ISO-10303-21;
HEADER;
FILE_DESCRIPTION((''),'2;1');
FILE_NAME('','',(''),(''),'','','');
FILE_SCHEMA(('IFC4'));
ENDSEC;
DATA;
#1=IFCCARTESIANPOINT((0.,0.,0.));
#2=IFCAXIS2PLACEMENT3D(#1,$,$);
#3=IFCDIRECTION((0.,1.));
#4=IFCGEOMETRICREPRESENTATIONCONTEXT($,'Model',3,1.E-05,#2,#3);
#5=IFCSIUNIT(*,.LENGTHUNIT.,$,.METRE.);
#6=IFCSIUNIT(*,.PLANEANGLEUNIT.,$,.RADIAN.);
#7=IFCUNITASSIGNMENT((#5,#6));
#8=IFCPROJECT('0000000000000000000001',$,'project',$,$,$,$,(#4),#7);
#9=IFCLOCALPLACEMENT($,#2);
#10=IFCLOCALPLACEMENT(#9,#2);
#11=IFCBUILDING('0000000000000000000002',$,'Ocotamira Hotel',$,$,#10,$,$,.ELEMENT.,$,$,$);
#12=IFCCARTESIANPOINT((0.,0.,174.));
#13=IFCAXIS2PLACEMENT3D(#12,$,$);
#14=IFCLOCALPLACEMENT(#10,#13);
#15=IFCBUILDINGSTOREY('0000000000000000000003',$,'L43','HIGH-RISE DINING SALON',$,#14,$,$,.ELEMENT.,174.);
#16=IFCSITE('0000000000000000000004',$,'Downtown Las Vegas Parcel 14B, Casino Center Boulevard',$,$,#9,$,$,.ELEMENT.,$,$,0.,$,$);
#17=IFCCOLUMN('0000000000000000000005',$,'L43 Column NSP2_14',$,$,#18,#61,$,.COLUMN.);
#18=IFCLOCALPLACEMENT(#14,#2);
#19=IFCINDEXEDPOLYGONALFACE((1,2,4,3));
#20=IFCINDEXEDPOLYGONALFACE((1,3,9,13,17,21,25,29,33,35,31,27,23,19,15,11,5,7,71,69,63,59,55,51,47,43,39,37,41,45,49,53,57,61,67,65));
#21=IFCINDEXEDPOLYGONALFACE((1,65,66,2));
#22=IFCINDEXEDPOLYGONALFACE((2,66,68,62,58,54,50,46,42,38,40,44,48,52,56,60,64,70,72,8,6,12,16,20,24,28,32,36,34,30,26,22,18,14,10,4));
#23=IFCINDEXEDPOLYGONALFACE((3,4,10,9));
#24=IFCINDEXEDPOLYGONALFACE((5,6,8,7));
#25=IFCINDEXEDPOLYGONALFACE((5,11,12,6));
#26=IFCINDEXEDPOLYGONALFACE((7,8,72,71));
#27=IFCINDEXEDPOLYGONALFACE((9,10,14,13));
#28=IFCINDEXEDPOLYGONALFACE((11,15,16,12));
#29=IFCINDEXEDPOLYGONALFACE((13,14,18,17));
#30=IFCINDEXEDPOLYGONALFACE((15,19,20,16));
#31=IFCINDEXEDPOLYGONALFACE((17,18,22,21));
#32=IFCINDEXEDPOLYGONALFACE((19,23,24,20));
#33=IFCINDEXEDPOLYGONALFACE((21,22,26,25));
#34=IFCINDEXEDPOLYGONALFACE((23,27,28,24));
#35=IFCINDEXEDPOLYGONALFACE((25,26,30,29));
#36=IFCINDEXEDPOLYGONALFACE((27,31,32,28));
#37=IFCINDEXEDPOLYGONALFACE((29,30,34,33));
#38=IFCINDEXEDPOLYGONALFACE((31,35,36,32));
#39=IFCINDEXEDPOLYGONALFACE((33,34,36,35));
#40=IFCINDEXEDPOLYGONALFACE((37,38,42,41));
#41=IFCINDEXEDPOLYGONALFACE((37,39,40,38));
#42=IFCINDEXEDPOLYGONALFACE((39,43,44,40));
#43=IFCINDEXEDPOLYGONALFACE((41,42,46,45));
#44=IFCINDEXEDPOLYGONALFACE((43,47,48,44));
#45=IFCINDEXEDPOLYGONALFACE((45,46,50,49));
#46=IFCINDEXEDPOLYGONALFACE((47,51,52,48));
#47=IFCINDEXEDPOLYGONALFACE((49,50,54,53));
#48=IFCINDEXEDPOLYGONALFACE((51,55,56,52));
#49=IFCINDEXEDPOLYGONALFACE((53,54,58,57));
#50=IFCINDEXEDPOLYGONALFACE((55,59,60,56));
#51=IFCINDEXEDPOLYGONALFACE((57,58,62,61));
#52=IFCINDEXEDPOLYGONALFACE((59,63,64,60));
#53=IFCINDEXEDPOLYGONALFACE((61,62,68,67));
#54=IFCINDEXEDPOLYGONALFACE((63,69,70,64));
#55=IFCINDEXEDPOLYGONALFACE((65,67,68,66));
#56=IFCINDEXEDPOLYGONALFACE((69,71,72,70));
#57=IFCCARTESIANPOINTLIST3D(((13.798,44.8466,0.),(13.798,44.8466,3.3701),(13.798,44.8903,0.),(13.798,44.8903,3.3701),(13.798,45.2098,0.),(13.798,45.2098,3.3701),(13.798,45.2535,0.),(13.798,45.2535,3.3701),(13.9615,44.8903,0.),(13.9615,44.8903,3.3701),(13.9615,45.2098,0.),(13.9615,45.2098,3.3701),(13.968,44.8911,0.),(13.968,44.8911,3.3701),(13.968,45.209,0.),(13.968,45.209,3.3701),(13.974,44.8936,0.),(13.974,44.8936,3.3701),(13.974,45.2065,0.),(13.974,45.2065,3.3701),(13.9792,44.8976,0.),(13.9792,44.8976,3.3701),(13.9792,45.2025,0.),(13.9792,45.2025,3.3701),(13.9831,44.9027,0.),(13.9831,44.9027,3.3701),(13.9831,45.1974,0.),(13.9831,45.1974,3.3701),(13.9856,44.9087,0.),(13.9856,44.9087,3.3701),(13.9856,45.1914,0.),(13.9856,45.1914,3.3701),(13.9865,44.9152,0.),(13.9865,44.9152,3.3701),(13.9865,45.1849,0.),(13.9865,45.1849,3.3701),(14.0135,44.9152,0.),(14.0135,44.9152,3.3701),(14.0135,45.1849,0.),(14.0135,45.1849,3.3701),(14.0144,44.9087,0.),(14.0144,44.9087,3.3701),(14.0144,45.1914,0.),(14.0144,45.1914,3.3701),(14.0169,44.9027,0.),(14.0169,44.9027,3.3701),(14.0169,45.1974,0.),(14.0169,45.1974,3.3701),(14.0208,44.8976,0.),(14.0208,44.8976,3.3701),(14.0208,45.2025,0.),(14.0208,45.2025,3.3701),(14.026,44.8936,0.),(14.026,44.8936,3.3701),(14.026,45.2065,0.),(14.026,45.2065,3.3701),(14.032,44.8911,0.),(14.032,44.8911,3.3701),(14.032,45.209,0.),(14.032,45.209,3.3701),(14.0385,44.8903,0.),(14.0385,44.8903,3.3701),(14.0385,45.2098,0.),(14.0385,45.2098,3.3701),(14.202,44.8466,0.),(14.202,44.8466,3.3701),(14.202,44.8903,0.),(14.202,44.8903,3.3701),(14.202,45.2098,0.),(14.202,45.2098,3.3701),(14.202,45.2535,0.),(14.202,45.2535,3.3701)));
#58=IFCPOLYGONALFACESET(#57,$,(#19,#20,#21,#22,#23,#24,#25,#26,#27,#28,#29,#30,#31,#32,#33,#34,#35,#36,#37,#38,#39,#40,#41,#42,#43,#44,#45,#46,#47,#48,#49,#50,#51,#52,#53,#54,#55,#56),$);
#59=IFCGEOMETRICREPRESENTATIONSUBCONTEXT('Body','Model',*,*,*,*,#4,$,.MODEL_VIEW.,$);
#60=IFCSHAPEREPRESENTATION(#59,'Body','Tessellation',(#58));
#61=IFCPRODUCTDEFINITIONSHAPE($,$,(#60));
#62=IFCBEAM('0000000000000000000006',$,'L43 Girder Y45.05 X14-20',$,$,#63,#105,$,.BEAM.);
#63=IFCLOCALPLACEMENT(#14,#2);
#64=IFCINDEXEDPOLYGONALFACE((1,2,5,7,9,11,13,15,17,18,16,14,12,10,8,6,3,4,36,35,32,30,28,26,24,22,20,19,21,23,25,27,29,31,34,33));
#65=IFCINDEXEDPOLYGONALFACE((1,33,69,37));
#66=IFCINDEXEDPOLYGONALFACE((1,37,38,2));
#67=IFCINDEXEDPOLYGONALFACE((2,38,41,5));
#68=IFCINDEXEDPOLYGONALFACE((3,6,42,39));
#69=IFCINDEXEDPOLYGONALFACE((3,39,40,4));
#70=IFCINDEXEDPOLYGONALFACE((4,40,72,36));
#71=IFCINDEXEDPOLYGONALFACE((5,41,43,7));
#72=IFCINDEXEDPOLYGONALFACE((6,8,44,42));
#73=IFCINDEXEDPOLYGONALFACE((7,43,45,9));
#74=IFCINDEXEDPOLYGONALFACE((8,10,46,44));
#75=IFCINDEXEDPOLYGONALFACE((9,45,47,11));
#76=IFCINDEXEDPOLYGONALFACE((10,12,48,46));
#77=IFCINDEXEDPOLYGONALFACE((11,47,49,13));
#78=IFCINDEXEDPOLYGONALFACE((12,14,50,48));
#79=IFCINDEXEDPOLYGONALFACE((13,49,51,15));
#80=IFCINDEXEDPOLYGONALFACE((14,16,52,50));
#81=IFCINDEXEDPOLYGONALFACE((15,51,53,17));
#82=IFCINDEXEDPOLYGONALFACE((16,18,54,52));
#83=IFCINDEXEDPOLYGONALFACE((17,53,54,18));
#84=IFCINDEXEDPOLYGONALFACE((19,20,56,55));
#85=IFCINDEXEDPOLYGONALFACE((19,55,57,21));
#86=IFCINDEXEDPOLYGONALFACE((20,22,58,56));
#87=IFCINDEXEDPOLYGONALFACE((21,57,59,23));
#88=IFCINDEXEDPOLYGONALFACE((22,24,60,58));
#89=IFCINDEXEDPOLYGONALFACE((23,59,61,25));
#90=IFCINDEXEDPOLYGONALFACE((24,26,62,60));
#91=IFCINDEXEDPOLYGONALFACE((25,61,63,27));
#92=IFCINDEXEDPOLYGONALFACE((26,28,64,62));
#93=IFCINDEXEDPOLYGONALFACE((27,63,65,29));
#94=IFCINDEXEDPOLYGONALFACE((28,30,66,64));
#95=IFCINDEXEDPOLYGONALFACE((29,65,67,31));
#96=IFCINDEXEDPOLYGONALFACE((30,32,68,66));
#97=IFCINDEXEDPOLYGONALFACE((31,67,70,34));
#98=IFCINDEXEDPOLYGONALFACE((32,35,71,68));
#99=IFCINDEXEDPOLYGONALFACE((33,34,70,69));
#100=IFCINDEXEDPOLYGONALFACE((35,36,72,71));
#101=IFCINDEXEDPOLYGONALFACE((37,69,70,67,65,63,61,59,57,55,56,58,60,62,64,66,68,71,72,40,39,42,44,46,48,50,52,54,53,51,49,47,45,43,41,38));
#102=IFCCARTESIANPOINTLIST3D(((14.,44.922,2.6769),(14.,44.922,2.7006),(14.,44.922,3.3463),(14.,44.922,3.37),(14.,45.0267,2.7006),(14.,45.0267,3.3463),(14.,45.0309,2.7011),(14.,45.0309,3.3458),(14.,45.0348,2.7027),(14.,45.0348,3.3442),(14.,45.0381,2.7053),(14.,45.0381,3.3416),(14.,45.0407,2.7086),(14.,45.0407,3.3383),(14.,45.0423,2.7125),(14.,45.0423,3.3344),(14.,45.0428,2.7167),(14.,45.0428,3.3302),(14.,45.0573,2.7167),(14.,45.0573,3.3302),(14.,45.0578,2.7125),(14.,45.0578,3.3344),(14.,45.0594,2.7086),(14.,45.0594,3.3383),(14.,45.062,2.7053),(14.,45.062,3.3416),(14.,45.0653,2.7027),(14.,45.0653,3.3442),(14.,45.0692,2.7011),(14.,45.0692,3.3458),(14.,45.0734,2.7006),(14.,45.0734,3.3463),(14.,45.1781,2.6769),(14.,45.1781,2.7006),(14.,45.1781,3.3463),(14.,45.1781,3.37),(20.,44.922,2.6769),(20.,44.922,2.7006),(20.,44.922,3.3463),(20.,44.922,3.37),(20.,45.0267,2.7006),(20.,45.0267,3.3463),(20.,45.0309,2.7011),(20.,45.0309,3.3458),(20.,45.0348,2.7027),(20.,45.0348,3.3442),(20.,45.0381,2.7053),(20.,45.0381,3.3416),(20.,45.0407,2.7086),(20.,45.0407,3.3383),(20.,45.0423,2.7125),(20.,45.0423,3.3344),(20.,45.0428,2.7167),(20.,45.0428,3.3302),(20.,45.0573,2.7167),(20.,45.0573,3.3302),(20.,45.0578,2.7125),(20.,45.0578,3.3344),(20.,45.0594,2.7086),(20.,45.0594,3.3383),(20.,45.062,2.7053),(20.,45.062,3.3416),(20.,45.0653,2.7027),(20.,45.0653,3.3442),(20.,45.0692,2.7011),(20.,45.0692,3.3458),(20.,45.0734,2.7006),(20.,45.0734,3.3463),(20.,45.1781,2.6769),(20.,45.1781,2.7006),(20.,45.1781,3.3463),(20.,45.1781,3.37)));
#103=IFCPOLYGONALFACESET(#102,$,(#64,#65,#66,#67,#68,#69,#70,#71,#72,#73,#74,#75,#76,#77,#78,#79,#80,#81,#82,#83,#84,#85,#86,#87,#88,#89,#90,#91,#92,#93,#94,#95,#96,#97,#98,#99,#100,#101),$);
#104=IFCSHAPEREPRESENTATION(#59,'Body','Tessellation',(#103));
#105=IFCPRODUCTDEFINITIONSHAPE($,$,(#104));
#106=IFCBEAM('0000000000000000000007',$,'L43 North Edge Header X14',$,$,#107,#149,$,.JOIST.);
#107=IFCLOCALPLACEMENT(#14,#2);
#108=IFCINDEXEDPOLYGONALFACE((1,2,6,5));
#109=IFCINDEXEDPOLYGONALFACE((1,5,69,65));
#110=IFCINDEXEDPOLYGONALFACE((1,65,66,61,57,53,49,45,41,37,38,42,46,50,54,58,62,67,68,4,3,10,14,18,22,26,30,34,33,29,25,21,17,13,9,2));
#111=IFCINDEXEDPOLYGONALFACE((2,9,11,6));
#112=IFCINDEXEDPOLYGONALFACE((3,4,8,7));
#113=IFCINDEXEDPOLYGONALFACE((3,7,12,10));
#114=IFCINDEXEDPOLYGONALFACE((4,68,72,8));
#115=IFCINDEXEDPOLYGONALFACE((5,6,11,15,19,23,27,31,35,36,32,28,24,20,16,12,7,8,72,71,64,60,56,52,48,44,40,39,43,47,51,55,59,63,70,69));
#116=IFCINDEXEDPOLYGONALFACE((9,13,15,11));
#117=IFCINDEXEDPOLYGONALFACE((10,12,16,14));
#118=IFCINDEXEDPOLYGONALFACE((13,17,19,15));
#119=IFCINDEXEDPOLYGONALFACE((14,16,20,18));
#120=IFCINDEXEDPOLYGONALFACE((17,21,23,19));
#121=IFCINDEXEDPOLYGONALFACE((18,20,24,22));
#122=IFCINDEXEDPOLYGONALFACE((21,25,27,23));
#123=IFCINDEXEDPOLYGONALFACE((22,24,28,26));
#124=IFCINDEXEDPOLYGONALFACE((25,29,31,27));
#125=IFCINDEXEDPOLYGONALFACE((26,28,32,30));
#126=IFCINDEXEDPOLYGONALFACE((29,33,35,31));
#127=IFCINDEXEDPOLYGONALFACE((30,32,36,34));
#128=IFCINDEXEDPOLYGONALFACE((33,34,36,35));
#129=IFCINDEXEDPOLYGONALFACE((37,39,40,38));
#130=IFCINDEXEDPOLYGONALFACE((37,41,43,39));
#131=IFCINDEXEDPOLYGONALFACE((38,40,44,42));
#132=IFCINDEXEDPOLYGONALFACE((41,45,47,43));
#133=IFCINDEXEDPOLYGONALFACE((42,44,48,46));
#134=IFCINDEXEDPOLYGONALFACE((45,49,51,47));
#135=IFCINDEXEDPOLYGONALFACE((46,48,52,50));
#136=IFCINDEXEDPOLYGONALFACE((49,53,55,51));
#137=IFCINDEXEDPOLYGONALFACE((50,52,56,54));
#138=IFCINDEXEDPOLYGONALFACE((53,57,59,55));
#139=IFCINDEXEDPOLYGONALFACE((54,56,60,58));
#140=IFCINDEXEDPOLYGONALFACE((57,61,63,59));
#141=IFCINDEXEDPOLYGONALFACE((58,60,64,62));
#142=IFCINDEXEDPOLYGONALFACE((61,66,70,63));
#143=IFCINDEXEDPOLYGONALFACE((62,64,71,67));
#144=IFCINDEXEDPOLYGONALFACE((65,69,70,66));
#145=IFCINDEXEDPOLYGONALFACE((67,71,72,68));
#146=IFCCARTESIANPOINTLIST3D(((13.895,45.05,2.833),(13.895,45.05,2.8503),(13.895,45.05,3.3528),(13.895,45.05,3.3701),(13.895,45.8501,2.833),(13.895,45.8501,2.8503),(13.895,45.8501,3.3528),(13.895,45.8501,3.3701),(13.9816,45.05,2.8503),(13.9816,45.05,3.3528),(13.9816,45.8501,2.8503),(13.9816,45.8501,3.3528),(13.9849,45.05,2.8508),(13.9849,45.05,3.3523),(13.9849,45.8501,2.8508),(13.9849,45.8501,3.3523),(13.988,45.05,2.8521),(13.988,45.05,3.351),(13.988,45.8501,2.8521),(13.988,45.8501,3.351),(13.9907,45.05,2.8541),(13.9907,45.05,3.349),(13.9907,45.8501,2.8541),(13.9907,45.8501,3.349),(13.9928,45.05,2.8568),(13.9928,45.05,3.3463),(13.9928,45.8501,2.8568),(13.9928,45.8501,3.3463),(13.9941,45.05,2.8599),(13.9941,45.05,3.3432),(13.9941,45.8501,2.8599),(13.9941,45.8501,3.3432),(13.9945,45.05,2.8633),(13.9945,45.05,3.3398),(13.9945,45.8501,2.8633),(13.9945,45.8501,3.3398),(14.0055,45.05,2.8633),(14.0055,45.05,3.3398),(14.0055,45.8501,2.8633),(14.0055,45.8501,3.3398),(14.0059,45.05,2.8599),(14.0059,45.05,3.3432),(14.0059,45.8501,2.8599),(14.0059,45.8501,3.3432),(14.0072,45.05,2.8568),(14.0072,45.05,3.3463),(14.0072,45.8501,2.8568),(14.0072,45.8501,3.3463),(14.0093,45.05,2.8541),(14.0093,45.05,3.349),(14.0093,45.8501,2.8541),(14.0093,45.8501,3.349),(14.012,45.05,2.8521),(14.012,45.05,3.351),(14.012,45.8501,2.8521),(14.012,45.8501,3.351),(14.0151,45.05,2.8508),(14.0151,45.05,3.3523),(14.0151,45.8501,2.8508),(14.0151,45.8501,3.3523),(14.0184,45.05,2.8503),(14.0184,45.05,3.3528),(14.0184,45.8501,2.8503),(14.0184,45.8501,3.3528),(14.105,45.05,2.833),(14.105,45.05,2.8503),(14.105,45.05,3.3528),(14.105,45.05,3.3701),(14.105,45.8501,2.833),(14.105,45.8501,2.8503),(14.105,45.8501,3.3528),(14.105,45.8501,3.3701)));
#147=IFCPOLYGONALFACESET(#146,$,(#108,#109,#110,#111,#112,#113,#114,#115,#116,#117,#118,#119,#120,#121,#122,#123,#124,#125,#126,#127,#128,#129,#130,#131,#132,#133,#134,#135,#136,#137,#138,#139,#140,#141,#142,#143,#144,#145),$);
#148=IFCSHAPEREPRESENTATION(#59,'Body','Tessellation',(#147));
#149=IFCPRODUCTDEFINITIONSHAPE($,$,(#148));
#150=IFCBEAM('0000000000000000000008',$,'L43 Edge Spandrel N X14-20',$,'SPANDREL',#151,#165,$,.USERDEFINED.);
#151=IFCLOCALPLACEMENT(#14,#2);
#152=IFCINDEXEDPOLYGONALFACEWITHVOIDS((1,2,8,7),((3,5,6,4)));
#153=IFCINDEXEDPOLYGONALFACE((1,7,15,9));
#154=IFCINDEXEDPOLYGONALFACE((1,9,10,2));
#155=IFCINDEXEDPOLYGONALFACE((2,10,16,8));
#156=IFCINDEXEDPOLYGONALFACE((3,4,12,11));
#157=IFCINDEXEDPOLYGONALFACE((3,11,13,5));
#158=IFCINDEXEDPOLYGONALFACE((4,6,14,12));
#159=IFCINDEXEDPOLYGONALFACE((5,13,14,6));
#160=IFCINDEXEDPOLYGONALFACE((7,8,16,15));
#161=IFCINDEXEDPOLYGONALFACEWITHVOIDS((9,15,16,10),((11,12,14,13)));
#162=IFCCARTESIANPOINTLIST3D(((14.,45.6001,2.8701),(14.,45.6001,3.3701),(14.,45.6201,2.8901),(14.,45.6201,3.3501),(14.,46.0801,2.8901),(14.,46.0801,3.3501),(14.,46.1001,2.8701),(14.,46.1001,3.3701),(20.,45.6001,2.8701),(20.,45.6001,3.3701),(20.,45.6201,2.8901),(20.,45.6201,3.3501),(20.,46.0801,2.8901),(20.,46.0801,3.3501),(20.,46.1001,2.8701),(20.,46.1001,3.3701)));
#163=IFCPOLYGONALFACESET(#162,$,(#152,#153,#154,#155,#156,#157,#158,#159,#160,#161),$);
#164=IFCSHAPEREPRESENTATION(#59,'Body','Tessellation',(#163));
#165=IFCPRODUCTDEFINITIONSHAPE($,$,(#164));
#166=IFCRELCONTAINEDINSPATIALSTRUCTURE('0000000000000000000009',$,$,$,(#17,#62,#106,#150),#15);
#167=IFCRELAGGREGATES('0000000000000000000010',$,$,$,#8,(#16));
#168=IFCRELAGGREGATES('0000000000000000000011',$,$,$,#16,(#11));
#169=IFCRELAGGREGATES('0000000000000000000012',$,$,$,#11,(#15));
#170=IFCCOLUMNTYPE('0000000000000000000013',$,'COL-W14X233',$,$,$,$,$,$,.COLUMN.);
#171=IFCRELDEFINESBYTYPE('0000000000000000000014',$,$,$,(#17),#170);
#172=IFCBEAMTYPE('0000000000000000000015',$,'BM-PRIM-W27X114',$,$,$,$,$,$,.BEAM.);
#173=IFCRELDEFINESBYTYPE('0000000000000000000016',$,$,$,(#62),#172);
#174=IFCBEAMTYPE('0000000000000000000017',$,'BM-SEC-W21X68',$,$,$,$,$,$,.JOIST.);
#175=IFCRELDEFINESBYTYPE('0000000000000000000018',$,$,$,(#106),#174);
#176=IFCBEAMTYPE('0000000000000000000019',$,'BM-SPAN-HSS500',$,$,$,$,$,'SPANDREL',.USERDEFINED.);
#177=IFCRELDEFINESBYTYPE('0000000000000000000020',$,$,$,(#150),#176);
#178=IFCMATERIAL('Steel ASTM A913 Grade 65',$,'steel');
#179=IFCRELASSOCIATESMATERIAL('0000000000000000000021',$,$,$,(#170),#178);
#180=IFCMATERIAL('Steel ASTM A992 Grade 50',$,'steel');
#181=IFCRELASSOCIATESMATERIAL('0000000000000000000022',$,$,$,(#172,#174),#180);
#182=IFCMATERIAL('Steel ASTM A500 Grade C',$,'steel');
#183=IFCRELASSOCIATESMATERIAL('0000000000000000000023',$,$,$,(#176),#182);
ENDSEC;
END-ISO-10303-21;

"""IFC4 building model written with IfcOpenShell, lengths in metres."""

from ifc_helpers import new_model, si_unit, direction, frame, origin, origin_2d, place, context, subcontext, project, spatial, hollow_rectangle, i_section, extrude, source, transform, mapped, material, material_profile, profile_set, type_object, element, save


model = new_model("IFC4")

# Units and contexts
model_context = context("Model", 3, precision=1e-05, world=origin(), true_north=direction((0.0, 1.0)))
body_context = subcontext(model_context, "Body", "Model", "MODEL_VIEW")
ifc_project = project(units=[si_unit("LENGTHUNIT", "METRE"), si_unit("PLANEANGLEUNIT", "RADIAN")], contexts=[model_context])

# Site, building, storey
site_placement = place(None, origin())
site = spatial("IfcSite", under=ifc_project, at=site_placement, Name="Downtown Las Vegas Parcel 14B, Casino Center Boulevard", CompositionType="ELEMENT", RefElevation=0.0)
building_placement = place(site_placement, origin())
building = spatial("IfcBuilding", under=site, at=building_placement, Name="Ocotamira Hotel", CompositionType="ELEMENT")
storey_placement = place(building_placement, frame((0.0, 0.0, 174.0)))
storey = spatial("IfcBuildingStorey", under=building, at=storey_placement, Name="L43", Description="HIGH-RISE DINING SALON", CompositionType="ELEMENT", Elevation=174.0)

# Column
ifc_material_1 = material(Name="Steel ASTM A913 Grade 65", Category="steel")
ifc_material_profile_1 = material_profile(ifc_material_1, i_section(OverallWidth=0.4041, OverallDepth=0.407, WebThickness=0.0271, FlangeThickness=0.0437, FilletRadius=0.0249, at=origin_2d()), Name="W14X233")
ifc_profile_set_1 = profile_set([ifc_material_profile_1], Name="Steel ASTM A913 Grade 65")
column_type = type_object("IfcColumnType", Name="COL-W14X233", PredefinedType="COLUMN", material=ifc_profile_set_1)
shared_shape_1 = source(origin(), body_context, "Body", "SweptSolid", [
    extrude(i_section(OverallWidth=0.4041, OverallDepth=0.407, WebThickness=0.0271, FlangeThickness=0.0437, FilletRadius=0.0249, at=origin_2d()), origin(), (0.0, 0.0, 1.0), 3.3701),
])
column_placement = place(storey_placement, frame((14.0, 45.05, 0.0), z_axis=(0.0, 0.0, 1.0), x_axis=(1.0, 0.0, 0.0)))
element("IfcColumn", 1, at=column_placement, inside=storey, type_object=column_type, Name="L43 Column NSP2_14", PredefinedType="COLUMN", context=body_context, shape_type="MappedRepresentation", body=[
    mapped(shared_shape_1, transform((0.0, 0.0, 0.0), scale=1.0)),
])

# Beams
ifc_material_2 = material(Name="Steel ASTM A992 Grade 50", Category="steel")
ifc_material_profile_2 = material_profile(ifc_material_2, i_section(OverallWidth=0.2561, OverallDepth=0.6931, WebThickness=0.0144, FlangeThickness=0.0237, FilletRadius=0.0161, at=origin_2d()), Name="W27X114")
ifc_profile_set_2 = profile_set([ifc_material_profile_2], Name="Steel ASTM A992 Grade 50")
beam_type_1 = type_object("IfcBeamType", Name="BM-PRIM-W27X114", PredefinedType="BEAM", material=ifc_profile_set_2)
shared_shape_2 = source(origin(), body_context, "Body", "SweptSolid", [
    extrude(i_section(OverallWidth=0.2561, OverallDepth=0.6931, WebThickness=0.0144, FlangeThickness=0.0237, FilletRadius=0.0161, at=origin_2d()), origin(), (0.0, 0.0, 1.0), 6.0),
])
beam_1_placement = place(storey_placement, frame((14.0, 45.05, 3.0234), z_axis=(1.0, 0.0, 0.0), x_axis=(0.0, 1.0, 0.0)))
element("IfcBeam", 2, at=beam_1_placement, inside=storey, type_object=beam_type_1, Name="L43 Girder Y45.05 X14-20", PredefinedType="BEAM", context=body_context, shape_type="MappedRepresentation", body=[
    mapped(shared_shape_2, transform((0.0, 0.0, 0.0), scale=1.0)),
])
ifc_material_profile_3 = material_profile(ifc_material_2, i_section(OverallWidth=0.21, OverallDepth=0.5371, WebThickness=0.011, FlangeThickness=0.0173, FilletRadius=0.0129, at=origin_2d()), Name="W21X68")
ifc_profile_set_3 = profile_set([ifc_material_profile_3], Name="Steel ASTM A992 Grade 50")
beam_type_2 = type_object("IfcBeamType", Name="BM-SEC-W21X68", PredefinedType="JOIST", material=ifc_profile_set_3)
shared_shape_3 = source(origin(), body_context, "Body", "SweptSolid", [
    extrude(i_section(OverallWidth=0.21, OverallDepth=0.5371, WebThickness=0.011, FlangeThickness=0.0173, FilletRadius=0.0129, at=origin_2d()), origin(), (0.0, 0.0, 1.0), 0.8),
])
beam_2_placement = place(storey_placement, frame((14.0, 45.05, 3.1016), z_axis=(0.0, 1.0, 0.0), x_axis=(-1.0, 0.0, 0.0)))
element("IfcBeam", 3, at=beam_2_placement, inside=storey, type_object=beam_type_2, Name="L43 North Edge Header X14", PredefinedType="JOIST", context=body_context, shape_type="MappedRepresentation", body=[
    mapped(shared_shape_3, transform((0.0, 0.0, 0.0), scale=1.0)),
])
ifc_material_3 = material(Name="Steel ASTM A500 Grade C", Category="steel")
ifc_material_profile_4 = material_profile(ifc_material_3, hollow_rectangle(XDim=0.5, YDim=0.5, WallThickness=0.02, at=origin_2d()), Name="HSS500X500X20")
ifc_profile_set_4 = profile_set([ifc_material_profile_4], Name="Steel ASTM A500 Grade C")
beam_type_3 = type_object("IfcBeamType", Name="BM-SPAN-HSS500", ElementType="SPANDREL", PredefinedType="USERDEFINED", material=ifc_profile_set_4)
shared_shape_4 = source(origin(), body_context, "Body", "SweptSolid", [
    extrude(hollow_rectangle(XDim=0.5, YDim=0.5, WallThickness=0.02, at=origin_2d()), origin(), (0.0, 0.0, 1.0), 6.0),
])
beam_3_placement = place(storey_placement, frame((14.0, 45.8501, 3.1201), z_axis=(1.0, 0.0, 0.0), x_axis=(0.0, 1.0, 0.0)))
element("IfcBeam", 4, at=beam_3_placement, inside=storey, type_object=beam_type_3, Name="L43 Edge Spandrel N X14-20", ObjectType="SPANDREL", PredefinedType="USERDEFINED", context=body_context, shape_type="MappedRepresentation", body=[
    mapped(shared_shape_4, transform((0.0, 0.0, 0.0), scale=1.0)),
])

save(model, "model.ifc")
